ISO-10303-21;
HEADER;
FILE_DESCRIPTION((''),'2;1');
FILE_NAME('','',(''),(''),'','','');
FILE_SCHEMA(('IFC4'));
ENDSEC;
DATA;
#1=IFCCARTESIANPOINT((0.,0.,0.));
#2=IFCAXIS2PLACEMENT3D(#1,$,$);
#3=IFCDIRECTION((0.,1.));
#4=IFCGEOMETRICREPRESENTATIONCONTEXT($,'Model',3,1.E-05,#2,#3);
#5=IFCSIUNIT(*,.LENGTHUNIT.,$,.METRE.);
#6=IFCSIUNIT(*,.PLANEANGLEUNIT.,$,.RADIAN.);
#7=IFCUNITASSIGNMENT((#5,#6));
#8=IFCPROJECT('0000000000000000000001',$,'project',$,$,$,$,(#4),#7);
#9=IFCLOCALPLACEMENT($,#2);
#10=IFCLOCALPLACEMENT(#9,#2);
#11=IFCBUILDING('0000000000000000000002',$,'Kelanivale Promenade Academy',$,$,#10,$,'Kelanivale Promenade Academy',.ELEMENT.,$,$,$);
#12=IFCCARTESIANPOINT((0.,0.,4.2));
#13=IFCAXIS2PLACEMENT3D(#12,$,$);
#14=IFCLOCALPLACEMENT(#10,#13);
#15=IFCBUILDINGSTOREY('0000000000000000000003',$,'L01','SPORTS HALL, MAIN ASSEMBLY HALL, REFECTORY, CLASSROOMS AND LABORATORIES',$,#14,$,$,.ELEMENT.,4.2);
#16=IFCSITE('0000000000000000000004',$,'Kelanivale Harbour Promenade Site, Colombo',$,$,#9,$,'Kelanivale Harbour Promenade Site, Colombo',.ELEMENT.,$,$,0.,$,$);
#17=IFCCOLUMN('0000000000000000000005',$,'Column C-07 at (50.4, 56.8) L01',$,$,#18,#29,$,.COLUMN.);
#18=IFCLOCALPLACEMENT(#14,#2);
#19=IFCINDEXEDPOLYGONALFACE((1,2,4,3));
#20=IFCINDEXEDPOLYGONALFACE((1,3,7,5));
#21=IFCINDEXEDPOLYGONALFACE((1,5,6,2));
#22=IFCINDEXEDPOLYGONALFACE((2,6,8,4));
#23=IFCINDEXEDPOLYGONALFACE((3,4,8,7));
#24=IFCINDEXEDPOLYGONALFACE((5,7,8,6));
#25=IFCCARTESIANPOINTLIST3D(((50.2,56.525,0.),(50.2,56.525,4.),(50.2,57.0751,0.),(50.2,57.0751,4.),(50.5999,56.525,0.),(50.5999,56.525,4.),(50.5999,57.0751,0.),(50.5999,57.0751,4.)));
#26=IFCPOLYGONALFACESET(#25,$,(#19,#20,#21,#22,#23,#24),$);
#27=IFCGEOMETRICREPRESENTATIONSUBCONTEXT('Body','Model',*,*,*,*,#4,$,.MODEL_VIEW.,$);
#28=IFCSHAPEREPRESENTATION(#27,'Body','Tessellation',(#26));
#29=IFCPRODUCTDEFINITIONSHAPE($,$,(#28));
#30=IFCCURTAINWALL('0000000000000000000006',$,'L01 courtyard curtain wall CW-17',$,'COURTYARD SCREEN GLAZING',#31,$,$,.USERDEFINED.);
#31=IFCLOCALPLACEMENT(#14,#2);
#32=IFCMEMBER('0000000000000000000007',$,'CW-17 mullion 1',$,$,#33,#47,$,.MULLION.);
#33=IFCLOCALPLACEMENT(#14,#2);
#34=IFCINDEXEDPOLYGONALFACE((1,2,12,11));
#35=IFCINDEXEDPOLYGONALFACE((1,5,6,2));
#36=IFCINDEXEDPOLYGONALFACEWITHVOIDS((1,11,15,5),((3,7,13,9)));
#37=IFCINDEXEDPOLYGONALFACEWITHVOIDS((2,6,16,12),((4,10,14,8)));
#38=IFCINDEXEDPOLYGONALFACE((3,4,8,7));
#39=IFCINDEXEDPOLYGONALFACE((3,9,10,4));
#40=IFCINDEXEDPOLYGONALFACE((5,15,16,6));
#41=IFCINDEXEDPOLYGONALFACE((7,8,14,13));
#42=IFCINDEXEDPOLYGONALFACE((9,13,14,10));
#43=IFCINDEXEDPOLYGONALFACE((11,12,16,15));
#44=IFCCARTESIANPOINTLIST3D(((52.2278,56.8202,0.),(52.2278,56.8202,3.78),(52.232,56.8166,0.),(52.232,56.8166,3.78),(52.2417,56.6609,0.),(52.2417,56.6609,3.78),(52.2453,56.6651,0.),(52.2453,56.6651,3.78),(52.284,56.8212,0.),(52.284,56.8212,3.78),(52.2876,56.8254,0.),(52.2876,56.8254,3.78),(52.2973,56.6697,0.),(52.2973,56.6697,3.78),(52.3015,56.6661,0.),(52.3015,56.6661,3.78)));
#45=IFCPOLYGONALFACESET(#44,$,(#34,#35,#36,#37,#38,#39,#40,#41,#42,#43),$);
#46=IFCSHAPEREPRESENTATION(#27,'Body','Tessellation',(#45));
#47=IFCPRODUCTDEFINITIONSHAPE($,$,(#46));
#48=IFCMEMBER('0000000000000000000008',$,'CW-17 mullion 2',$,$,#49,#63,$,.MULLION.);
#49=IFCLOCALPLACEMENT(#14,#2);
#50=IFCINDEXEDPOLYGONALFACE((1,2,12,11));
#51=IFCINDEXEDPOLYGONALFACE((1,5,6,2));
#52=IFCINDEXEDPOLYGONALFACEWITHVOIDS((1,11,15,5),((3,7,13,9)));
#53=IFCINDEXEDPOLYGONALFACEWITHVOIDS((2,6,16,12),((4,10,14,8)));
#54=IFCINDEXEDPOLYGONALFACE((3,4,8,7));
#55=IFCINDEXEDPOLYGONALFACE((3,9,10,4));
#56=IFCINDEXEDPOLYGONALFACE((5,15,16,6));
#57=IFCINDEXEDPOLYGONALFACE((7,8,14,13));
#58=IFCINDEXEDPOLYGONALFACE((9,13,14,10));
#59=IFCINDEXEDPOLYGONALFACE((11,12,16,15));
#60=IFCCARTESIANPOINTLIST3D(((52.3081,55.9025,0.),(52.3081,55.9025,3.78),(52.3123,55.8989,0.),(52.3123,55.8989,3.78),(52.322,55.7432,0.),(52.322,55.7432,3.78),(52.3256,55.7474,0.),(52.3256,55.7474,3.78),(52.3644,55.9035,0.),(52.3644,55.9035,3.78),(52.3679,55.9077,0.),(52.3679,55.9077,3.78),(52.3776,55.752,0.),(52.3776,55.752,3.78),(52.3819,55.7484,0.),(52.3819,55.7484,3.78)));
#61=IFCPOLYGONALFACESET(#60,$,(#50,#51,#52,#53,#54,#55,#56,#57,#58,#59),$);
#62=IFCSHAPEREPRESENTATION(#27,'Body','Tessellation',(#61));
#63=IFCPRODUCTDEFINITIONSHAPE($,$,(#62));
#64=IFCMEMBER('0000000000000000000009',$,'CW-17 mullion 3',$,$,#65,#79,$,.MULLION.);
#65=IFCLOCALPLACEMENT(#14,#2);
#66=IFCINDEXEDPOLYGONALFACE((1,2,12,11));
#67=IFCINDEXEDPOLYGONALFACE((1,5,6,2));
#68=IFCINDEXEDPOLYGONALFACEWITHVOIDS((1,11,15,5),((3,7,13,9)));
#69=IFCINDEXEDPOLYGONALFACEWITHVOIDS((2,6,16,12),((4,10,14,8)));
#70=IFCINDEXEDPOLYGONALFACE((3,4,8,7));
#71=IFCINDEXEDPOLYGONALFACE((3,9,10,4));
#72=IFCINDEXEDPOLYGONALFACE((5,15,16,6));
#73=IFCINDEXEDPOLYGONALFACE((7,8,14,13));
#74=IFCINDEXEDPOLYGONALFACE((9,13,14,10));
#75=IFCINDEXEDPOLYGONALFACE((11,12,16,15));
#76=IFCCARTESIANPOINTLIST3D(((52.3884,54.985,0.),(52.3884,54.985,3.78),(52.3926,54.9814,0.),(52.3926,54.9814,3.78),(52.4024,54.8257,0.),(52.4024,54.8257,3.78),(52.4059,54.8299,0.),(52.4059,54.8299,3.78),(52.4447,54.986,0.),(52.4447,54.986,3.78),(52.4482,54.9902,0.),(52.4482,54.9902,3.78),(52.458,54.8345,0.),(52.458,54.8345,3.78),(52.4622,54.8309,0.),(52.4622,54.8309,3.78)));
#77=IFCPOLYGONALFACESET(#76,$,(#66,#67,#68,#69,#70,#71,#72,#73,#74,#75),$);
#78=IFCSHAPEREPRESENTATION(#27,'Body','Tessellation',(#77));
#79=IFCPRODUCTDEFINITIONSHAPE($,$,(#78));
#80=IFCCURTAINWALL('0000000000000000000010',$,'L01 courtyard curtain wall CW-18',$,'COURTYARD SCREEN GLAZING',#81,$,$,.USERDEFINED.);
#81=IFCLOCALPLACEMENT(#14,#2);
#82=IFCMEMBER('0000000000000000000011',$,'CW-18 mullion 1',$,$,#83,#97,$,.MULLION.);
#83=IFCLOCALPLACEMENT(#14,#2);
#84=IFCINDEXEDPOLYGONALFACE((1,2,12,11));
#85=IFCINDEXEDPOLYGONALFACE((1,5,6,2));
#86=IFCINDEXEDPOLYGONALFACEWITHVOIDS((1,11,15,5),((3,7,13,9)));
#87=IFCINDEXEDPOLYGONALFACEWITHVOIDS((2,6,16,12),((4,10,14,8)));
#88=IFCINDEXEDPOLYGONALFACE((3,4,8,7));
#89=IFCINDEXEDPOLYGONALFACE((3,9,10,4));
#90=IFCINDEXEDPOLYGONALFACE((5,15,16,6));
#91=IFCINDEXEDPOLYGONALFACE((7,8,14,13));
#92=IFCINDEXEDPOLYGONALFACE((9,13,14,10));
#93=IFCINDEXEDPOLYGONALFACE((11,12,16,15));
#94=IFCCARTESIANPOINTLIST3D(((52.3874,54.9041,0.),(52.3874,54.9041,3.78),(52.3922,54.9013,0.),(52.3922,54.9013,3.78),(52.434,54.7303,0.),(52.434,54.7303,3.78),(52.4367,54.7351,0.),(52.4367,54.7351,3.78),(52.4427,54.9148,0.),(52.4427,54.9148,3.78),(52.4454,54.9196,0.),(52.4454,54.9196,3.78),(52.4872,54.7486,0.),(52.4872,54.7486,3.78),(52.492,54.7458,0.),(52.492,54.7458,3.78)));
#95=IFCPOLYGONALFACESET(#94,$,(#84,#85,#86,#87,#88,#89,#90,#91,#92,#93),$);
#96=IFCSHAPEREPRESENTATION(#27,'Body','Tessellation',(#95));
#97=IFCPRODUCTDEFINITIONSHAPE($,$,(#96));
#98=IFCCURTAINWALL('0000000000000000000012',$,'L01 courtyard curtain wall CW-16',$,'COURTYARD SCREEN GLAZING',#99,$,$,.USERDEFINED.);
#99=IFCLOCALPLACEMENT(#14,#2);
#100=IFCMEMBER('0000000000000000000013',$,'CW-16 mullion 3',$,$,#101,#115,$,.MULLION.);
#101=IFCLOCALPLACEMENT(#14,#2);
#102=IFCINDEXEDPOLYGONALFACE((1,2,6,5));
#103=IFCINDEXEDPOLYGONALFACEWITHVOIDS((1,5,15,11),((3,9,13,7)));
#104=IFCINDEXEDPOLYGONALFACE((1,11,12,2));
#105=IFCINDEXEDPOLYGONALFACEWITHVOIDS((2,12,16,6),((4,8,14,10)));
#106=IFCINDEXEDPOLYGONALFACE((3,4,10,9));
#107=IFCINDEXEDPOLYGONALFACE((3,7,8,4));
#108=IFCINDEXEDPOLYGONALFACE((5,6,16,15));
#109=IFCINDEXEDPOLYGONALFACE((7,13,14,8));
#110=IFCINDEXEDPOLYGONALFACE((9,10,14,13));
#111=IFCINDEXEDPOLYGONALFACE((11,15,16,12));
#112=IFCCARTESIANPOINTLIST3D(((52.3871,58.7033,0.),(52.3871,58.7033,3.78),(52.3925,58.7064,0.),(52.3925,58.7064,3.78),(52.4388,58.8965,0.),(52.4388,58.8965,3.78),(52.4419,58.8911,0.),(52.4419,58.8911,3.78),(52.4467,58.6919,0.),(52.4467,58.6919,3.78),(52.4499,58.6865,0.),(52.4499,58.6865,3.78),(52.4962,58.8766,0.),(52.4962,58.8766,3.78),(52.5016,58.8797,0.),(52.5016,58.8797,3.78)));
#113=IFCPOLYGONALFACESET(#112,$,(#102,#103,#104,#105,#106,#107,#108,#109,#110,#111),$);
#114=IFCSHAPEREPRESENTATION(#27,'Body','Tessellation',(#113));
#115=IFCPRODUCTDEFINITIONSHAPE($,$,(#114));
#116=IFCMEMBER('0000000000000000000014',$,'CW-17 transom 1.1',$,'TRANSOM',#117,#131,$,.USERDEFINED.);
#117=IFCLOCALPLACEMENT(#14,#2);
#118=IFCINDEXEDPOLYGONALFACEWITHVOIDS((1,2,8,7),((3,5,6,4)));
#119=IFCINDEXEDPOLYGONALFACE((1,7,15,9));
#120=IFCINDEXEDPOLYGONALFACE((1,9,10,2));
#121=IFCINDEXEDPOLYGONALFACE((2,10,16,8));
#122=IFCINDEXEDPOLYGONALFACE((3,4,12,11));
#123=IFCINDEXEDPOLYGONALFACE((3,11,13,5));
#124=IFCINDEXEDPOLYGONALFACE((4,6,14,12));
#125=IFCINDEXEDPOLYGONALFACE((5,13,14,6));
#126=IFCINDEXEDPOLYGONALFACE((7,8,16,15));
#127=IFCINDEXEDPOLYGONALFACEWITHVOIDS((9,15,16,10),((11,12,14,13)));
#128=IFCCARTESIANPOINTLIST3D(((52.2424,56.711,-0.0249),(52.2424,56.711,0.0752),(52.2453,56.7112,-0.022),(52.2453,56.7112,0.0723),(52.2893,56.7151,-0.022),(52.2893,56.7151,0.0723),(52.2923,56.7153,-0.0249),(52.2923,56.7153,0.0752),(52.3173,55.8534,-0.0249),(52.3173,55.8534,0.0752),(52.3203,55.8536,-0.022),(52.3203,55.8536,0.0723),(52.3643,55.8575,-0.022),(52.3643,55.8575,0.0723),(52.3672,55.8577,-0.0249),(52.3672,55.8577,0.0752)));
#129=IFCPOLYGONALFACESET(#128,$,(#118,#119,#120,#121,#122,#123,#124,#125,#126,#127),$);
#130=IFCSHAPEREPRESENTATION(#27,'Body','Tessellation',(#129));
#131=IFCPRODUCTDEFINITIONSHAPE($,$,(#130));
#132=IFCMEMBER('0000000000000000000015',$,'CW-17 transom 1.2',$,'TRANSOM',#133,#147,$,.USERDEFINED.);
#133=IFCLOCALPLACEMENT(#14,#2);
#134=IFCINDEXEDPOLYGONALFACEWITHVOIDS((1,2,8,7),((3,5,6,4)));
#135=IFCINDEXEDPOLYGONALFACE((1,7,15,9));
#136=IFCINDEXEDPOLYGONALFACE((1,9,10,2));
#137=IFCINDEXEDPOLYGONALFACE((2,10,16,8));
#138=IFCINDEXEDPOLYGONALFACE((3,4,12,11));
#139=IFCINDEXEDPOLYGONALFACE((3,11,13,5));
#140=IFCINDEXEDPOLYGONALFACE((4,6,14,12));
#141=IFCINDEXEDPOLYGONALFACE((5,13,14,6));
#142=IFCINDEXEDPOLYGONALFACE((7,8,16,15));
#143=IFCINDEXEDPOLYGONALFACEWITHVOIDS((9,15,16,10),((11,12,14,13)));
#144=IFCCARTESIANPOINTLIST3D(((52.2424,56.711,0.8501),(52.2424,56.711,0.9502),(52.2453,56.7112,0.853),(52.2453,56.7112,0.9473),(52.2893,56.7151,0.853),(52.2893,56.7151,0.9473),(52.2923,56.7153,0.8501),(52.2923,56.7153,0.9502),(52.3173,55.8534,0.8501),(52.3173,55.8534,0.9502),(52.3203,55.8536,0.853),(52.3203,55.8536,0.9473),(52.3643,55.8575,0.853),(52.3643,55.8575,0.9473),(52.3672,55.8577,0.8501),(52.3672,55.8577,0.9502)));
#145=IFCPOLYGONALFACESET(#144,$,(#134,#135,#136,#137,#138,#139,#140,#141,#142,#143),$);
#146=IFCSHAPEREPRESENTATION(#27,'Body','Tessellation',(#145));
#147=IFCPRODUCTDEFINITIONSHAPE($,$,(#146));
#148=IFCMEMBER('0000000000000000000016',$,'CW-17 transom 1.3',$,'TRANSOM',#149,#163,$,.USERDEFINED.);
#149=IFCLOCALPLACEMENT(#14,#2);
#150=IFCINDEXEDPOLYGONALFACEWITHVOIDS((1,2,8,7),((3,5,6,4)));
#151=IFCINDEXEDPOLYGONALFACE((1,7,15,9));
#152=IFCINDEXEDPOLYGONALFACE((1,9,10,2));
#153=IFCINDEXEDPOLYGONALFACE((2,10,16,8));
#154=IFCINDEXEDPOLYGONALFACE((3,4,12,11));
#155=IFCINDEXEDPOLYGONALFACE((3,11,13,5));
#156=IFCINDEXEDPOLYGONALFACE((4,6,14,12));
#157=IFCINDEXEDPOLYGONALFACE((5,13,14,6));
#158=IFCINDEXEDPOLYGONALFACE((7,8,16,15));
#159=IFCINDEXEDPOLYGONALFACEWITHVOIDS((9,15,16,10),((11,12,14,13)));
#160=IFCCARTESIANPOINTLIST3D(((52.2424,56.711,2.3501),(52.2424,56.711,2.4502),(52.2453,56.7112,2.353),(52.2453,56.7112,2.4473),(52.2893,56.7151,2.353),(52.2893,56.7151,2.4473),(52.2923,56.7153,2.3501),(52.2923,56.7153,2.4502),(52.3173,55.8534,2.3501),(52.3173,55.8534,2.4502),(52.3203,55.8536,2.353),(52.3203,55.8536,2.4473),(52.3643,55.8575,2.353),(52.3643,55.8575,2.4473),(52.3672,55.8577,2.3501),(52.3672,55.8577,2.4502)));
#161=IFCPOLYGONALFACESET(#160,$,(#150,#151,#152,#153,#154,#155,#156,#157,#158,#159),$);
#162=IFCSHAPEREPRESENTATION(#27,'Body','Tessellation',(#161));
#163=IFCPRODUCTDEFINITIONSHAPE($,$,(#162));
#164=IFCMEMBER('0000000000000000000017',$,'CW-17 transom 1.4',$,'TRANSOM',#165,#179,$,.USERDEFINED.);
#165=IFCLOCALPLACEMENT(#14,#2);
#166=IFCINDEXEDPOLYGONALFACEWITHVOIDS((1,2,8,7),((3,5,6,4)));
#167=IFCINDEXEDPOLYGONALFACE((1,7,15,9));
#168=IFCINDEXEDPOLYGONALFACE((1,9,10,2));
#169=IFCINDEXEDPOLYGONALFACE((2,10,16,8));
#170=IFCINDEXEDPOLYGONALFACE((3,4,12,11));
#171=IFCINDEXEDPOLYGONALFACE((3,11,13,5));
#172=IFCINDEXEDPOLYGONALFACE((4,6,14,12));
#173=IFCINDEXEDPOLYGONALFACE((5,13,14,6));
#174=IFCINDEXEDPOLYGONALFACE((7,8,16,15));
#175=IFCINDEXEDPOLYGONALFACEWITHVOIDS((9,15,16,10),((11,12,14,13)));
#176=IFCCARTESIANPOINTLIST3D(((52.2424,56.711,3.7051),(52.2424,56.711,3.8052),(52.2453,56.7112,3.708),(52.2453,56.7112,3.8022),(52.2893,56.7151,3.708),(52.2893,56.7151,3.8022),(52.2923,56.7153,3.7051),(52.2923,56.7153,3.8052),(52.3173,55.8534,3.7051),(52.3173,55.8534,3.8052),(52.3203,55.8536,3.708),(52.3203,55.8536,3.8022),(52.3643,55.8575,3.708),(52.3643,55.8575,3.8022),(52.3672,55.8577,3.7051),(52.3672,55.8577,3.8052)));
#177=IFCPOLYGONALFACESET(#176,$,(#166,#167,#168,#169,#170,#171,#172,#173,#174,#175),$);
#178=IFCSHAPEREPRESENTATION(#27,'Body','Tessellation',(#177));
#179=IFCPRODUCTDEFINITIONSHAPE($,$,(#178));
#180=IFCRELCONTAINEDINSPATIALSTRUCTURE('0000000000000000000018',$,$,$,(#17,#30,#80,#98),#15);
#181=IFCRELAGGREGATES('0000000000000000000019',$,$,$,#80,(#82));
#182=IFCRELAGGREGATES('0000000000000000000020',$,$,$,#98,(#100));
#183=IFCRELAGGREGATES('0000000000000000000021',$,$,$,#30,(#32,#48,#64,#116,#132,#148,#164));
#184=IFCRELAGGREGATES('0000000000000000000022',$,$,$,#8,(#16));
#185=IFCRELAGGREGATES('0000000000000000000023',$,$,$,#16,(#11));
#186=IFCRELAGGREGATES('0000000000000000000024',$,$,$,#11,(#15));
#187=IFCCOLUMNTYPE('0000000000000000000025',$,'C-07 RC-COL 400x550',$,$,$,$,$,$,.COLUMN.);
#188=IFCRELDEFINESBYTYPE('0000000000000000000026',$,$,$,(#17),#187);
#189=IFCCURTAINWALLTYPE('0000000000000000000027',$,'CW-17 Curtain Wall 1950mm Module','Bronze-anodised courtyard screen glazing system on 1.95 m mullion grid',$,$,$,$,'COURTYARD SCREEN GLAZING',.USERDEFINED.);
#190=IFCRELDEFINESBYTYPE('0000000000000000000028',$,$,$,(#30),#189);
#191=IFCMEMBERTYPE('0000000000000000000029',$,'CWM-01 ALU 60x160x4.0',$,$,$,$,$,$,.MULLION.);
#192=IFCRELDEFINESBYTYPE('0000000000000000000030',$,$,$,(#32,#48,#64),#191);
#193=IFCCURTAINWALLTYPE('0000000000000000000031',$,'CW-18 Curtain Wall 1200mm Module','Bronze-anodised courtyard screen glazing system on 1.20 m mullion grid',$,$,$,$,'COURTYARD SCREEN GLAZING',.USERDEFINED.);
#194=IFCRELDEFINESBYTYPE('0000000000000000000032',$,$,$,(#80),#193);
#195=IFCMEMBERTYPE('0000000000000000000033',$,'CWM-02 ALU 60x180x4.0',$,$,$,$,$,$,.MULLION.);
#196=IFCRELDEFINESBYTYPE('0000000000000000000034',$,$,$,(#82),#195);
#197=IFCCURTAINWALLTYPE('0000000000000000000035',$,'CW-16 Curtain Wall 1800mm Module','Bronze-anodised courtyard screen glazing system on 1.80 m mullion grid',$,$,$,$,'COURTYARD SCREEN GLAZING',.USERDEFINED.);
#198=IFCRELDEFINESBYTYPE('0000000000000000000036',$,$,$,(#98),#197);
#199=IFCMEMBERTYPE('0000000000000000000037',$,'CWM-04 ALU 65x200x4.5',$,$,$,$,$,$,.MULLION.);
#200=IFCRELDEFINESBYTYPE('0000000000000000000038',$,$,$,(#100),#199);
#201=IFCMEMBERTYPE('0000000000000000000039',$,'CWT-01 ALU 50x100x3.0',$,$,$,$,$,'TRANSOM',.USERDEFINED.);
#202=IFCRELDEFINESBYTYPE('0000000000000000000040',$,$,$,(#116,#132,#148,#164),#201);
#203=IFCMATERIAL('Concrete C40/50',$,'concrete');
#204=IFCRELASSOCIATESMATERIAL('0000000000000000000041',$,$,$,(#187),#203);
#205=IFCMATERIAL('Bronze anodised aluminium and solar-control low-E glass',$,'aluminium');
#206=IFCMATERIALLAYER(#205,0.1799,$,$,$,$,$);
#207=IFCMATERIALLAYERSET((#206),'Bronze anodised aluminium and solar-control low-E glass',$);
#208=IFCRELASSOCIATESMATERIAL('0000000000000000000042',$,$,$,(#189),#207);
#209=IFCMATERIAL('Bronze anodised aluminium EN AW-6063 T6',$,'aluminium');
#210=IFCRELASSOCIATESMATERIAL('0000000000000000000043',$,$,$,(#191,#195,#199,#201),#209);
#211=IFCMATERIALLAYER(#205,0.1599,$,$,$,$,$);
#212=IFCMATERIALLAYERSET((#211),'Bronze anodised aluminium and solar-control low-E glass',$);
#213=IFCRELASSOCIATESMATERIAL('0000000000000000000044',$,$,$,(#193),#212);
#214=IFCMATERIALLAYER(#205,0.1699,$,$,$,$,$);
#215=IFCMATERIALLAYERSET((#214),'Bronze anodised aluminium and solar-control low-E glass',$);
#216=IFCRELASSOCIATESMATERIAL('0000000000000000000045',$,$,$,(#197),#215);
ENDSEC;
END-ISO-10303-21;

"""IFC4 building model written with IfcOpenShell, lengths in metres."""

from ifc_helpers import new_model, si_unit, direction, frame, origin, origin_2d, place, context, subcontext, project, spatial, rectangle, hollow_rectangle, extrude, material, layer, layer_set, material_profile, profile_set, type_object, element, aggregate, save


model = new_model("IFC4")

# Units and contexts
model_context = context("Model", 3, precision=1e-05, world=origin(), true_north=direction((0.0, 1.0)))
body_context = subcontext(model_context, "Body", "Model", "MODEL_VIEW")
ifc_project = project(units=[si_unit("LENGTHUNIT", "METRE"), si_unit("PLANEANGLEUNIT", "RADIAN")], contexts=[model_context])

# Site, building, storey
site_placement = place(None, origin())
site = spatial("IfcSite", under=ifc_project, at=site_placement, Name="Kelanivale Harbour Promenade Site, Colombo", LongName="Kelanivale Harbour Promenade Site, Colombo", CompositionType="ELEMENT", RefElevation=0.0)
building_placement = place(site_placement, origin())
building = spatial("IfcBuilding", under=site, at=building_placement, Name="Kelanivale Promenade Academy", LongName="Kelanivale Promenade Academy", CompositionType="ELEMENT")
storey_placement = place(building_placement, frame((0.0, 0.0, 4.2)))
storey = spatial("IfcBuildingStorey", under=building, at=storey_placement, Name="L01", Description="SPORTS HALL, MAIN ASSEMBLY HALL, REFECTORY, CLASSROOMS AND LABORATORIES", CompositionType="ELEMENT", Elevation=4.2)

# Column
ifc_material_1 = material(Name="Concrete C40/50", Category="concrete")
ifc_material_profile_1 = material_profile(ifc_material_1, rectangle(XDim=0.3999, YDim=0.55, at=origin_2d()), Name="RC-COL 400x550")
ifc_profile_set_1 = profile_set([ifc_material_profile_1], Name="Concrete C40/50")
column_type = type_object("IfcColumnType", Name="C-07 RC-COL 400x550", PredefinedType="COLUMN", material=ifc_profile_set_1)
column_placement = place(storey_placement, frame((50.3999, 56.8, 0.0), z_axis=(0.0, 0.0, 1.0), x_axis=(1.0, 0.0, 0.0)))
element("IfcColumn", 1, at=column_placement, inside=storey, type_object=column_type, Name="Column C-07 at (50.4, 56.8) L01", PredefinedType="COLUMN", context=body_context, shape_type="SweptSolid", body=[
    extrude(rectangle(XDim=0.3999, YDim=0.55, at=origin_2d()), origin(), (0.0, 0.0, 1.0), 4.0),
])

# Curtain wall, members
ifc_material_2 = material(Name="Bronze anodised aluminium and solar-control low-E glass", Category="aluminium")
ifc_layer_1 = layer(ifc_material_2, 0.1799)
ifc_layer_set_1 = layer_set([ifc_layer_1], Name="Bronze anodised aluminium and solar-control low-E glass")
curtain_wall_type_1 = type_object("IfcCurtainWallType", Name="CW-17 Curtain Wall 1950mm Module", Description="Bronze-anodised courtyard screen glazing system on 1.95 m mullion grid", ElementType="COURTYARD SCREEN GLAZING", PredefinedType="USERDEFINED", material=ifc_layer_set_1)
curtain_wall_1_placement = place(storey_placement, origin())
curtain_wall_1 = element("IfcCurtainWall", 2, at=curtain_wall_1_placement, inside=storey, type_object=curtain_wall_type_1, Name="L01 courtyard curtain wall CW-17", ObjectType="COURTYARD SCREEN GLAZING", PredefinedType="USERDEFINED")
ifc_material_3 = material(Name="Bronze anodised aluminium EN AW-6063 T6", Category="aluminium")
ifc_material_profile_2 = material_profile(ifc_material_3, hollow_rectangle(XDim=0.0601, YDim=0.1599, WallThickness=0.0039, at=origin_2d()), Name="ALU 60x160x4.0")
ifc_profile_set_2 = profile_set([ifc_material_profile_2], Name="Bronze anodised aluminium EN AW-6063 T6")
member_type_1 = type_object("IfcMemberType", Name="CWM-01 ALU 60x160x4.0", PredefinedType="MULLION", material=ifc_profile_set_2)
member_1_placement = place(storey_placement, frame((52.2646, 56.7432, 0.0), z_axis=(0.0, 0.0, 1.0), x_axis=(0.996185, 0.087265, 0.0)))
member_1 = element("IfcMember", 3, at=member_1_placement, type_object=member_type_1, Name="CW-17 mullion 1", PredefinedType="MULLION", context=body_context, shape_type="SweptSolid", body=[
    extrude(hollow_rectangle(XDim=0.0601, YDim=0.1599, WallThickness=0.0039, at=origin_2d()), origin(), (0.0, 0.0, 1.0), 3.78),
])
member_2_placement = place(storey_placement, frame((52.345, 55.8254, 0.0), z_axis=(0.0, 0.0, 1.0), x_axis=(0.996185, 0.087265, 0.0)))
member_2 = element("IfcMember", 4, at=member_2_placement, type_object=member_type_1, Name="CW-17 mullion 2", PredefinedType="MULLION", context=body_context, shape_type="SweptSolid", body=[
    extrude(hollow_rectangle(XDim=0.0601, YDim=0.1599, WallThickness=0.0039, at=origin_2d()), origin(), (0.0, 0.0, 1.0), 3.78),
])
member_3_placement = place(storey_placement, frame((52.4253, 54.908, 0.0), z_axis=(0.0, 0.0, 1.0), x_axis=(0.996185, 0.087265, 0.0)))
member_3 = element("IfcMember", 5, at=member_3_placement, type_object=member_type_1, Name="CW-17 mullion 3", PredefinedType="MULLION", context=body_context, shape_type="SweptSolid", body=[
    extrude(hollow_rectangle(XDim=0.0601, YDim=0.1599, WallThickness=0.0039, at=origin_2d()), origin(), (0.0, 0.0, 1.0), 3.78),
])

# Curtain walls, members
ifc_layer_2 = layer(ifc_material_2, 0.1599)
ifc_layer_set_2 = layer_set([ifc_layer_2], Name="Bronze anodised aluminium and solar-control low-E glass")
curtain_wall_type_2 = type_object("IfcCurtainWallType", Name="CW-18 Curtain Wall 1200mm Module", Description="Bronze-anodised courtyard screen glazing system on 1.20 m mullion grid", ElementType="COURTYARD SCREEN GLAZING", PredefinedType="USERDEFINED", material=ifc_layer_set_2)
curtain_wall_2_placement = place(storey_placement, origin())
curtain_wall_2 = element("IfcCurtainWall", 6, at=curtain_wall_2_placement, inside=storey, type_object=curtain_wall_type_2, Name="L01 courtyard curtain wall CW-18", ObjectType="COURTYARD SCREEN GLAZING", PredefinedType="USERDEFINED")
ifc_material_profile_3 = material_profile(ifc_material_3, hollow_rectangle(XDim=0.0601, YDim=0.1799, WallThickness=0.0039, at=origin_2d()), Name="ALU 60x180x4.0")
ifc_profile_set_3 = profile_set([ifc_material_profile_3], Name="Bronze anodised aluminium EN AW-6063 T6")
member_type_2 = type_object("IfcMemberType", Name="CWM-02 ALU 60x180x4.0", PredefinedType="MULLION", material=ifc_profile_set_3)
member_4_placement = place(storey_placement, frame((52.4397, 54.825, 0.0), z_axis=(0.0, 0.0, 1.0), x_axis=(0.965957, 0.258701, 0.0)))
member_4 = element("IfcMember", 7, at=member_4_placement, type_object=member_type_2, Name="CW-18 mullion 1", PredefinedType="MULLION", context=body_context, shape_type="SweptSolid", body=[
    extrude(hollow_rectangle(XDim=0.0601, YDim=0.1799, WallThickness=0.0039, at=origin_2d()), origin(), (0.0, 0.0, 1.0), 3.78),
])
ifc_layer_3 = layer(ifc_material_2, 0.1699)
ifc_layer_set_3 = layer_set([ifc_layer_3], Name="Bronze anodised aluminium and solar-control low-E glass")
curtain_wall_type_3 = type_object("IfcCurtainWallType", Name="CW-16 Curtain Wall 1800mm Module", Description="Bronze-anodised courtyard screen glazing system on 1.80 m mullion grid", ElementType="COURTYARD SCREEN GLAZING", PredefinedType="USERDEFINED", material=ifc_layer_set_3)
curtain_wall_3_placement = place(storey_placement, origin())
curtain_wall_3 = element("IfcCurtainWall", 8, at=curtain_wall_3_placement, inside=storey, type_object=curtain_wall_type_3, Name="L01 courtyard curtain wall CW-16", ObjectType="COURTYARD SCREEN GLAZING", PredefinedType="USERDEFINED")
ifc_material_profile_4 = material_profile(ifc_material_3, hollow_rectangle(XDim=0.0649, YDim=0.2, WallThickness=0.0044, at=origin_2d()), Name="ALU 65x200x4.5")
ifc_profile_set_4 = profile_set([ifc_material_profile_4], Name="Bronze anodised aluminium EN AW-6063 T6")
member_type_3 = type_object("IfcMemberType", Name="CWM-04 ALU 65x200x4.5", PredefinedType="MULLION", material=ifc_profile_set_4)
member_5_placement = place(storey_placement, frame((52.4443, 58.7915, 0.0), z_axis=(0.0, 0.0, 1.0), x_axis=(0.96599, -0.258578, 0.0)))
member_5 = element("IfcMember", 9, at=member_5_placement, type_object=member_type_3, Name="CW-16 mullion 3", PredefinedType="MULLION", context=body_context, shape_type="SweptSolid", body=[
    extrude(hollow_rectangle(XDim=0.0649, YDim=0.2, WallThickness=0.0044, at=origin_2d()), origin(), (0.0, 0.0, 1.0), 3.78),
])

# Members
ifc_material_profile_5 = material_profile(ifc_material_3, hollow_rectangle(XDim=0.05, YDim=0.1001, WallThickness=0.0029, at=origin_2d()), Name="ALU 50x100x3.0")
ifc_profile_set_5 = profile_set([ifc_material_profile_5], Name="Bronze anodised aluminium EN AW-6063 T6")
member_type_4 = type_object("IfcMemberType", Name="CWT-01 ALU 50x100x3.0", ElementType="TRANSOM", PredefinedType="USERDEFINED", material=ifc_profile_set_5)
member_6_placement = place(storey_placement, frame((52.2673, 56.7131, 0.0251), z_axis=(0.087058, -0.996203, 0.0), x_axis=(0.996203, 0.087058, 0.0)))
member_6 = element("IfcMember", 10, at=member_6_placement, type_object=member_type_4, Name="CW-17 transom 1.1", ObjectType="TRANSOM", PredefinedType="USERDEFINED", context=body_context, shape_type="SweptSolid", body=[
    extrude(hollow_rectangle(XDim=0.05, YDim=0.1001, WallThickness=0.0029, at=origin_2d()), origin(), (0.0, 0.0, 1.0), 0.8608),
])
member_7_placement = place(storey_placement, frame((52.2673, 56.7131, 0.9001), z_axis=(0.087058, -0.996203, 0.0), x_axis=(0.996203, 0.087058, 0.0)))
member_7 = element("IfcMember", 11, at=member_7_placement, type_object=member_type_4, Name="CW-17 transom 1.2", ObjectType="TRANSOM", PredefinedType="USERDEFINED", context=body_context, shape_type="SweptSolid", body=[
    extrude(hollow_rectangle(XDim=0.05, YDim=0.1001, WallThickness=0.0029, at=origin_2d()), origin(), (0.0, 0.0, 1.0), 0.8608),
])
member_8_placement = place(storey_placement, frame((52.2673, 56.7131, 2.4001), z_axis=(0.087058, -0.996203, 0.0), x_axis=(0.996203, 0.087058, 0.0)))
member_8 = element("IfcMember", 12, at=member_8_placement, type_object=member_type_4, Name="CW-17 transom 1.3", ObjectType="TRANSOM", PredefinedType="USERDEFINED", context=body_context, shape_type="SweptSolid", body=[
    extrude(hollow_rectangle(XDim=0.05, YDim=0.1001, WallThickness=0.0029, at=origin_2d()), origin(), (0.0, 0.0, 1.0), 0.8608),
])
member_9_placement = place(storey_placement, frame((52.2673, 56.7131, 3.7551), z_axis=(0.087058, -0.996203, 0.0), x_axis=(0.996203, 0.087058, 0.0)))
member_9 = element("IfcMember", 13, at=member_9_placement, type_object=member_type_4, Name="CW-17 transom 1.4", ObjectType="TRANSOM", PredefinedType="USERDEFINED", context=body_context, shape_type="SweptSolid", body=[
    extrude(hollow_rectangle(XDim=0.05, YDim=0.1001, WallThickness=0.0029, at=origin_2d()), origin(), (0.0, 0.0, 1.0), 0.8608),
])
aggregate(curtain_wall_2, [member_4])

aggregate(curtain_wall_3, [member_5])
aggregate(curtain_wall_1, [member_1, member_2, member_3, member_6, member_7, member_8, member_9])

save(model, "model.ifc")
